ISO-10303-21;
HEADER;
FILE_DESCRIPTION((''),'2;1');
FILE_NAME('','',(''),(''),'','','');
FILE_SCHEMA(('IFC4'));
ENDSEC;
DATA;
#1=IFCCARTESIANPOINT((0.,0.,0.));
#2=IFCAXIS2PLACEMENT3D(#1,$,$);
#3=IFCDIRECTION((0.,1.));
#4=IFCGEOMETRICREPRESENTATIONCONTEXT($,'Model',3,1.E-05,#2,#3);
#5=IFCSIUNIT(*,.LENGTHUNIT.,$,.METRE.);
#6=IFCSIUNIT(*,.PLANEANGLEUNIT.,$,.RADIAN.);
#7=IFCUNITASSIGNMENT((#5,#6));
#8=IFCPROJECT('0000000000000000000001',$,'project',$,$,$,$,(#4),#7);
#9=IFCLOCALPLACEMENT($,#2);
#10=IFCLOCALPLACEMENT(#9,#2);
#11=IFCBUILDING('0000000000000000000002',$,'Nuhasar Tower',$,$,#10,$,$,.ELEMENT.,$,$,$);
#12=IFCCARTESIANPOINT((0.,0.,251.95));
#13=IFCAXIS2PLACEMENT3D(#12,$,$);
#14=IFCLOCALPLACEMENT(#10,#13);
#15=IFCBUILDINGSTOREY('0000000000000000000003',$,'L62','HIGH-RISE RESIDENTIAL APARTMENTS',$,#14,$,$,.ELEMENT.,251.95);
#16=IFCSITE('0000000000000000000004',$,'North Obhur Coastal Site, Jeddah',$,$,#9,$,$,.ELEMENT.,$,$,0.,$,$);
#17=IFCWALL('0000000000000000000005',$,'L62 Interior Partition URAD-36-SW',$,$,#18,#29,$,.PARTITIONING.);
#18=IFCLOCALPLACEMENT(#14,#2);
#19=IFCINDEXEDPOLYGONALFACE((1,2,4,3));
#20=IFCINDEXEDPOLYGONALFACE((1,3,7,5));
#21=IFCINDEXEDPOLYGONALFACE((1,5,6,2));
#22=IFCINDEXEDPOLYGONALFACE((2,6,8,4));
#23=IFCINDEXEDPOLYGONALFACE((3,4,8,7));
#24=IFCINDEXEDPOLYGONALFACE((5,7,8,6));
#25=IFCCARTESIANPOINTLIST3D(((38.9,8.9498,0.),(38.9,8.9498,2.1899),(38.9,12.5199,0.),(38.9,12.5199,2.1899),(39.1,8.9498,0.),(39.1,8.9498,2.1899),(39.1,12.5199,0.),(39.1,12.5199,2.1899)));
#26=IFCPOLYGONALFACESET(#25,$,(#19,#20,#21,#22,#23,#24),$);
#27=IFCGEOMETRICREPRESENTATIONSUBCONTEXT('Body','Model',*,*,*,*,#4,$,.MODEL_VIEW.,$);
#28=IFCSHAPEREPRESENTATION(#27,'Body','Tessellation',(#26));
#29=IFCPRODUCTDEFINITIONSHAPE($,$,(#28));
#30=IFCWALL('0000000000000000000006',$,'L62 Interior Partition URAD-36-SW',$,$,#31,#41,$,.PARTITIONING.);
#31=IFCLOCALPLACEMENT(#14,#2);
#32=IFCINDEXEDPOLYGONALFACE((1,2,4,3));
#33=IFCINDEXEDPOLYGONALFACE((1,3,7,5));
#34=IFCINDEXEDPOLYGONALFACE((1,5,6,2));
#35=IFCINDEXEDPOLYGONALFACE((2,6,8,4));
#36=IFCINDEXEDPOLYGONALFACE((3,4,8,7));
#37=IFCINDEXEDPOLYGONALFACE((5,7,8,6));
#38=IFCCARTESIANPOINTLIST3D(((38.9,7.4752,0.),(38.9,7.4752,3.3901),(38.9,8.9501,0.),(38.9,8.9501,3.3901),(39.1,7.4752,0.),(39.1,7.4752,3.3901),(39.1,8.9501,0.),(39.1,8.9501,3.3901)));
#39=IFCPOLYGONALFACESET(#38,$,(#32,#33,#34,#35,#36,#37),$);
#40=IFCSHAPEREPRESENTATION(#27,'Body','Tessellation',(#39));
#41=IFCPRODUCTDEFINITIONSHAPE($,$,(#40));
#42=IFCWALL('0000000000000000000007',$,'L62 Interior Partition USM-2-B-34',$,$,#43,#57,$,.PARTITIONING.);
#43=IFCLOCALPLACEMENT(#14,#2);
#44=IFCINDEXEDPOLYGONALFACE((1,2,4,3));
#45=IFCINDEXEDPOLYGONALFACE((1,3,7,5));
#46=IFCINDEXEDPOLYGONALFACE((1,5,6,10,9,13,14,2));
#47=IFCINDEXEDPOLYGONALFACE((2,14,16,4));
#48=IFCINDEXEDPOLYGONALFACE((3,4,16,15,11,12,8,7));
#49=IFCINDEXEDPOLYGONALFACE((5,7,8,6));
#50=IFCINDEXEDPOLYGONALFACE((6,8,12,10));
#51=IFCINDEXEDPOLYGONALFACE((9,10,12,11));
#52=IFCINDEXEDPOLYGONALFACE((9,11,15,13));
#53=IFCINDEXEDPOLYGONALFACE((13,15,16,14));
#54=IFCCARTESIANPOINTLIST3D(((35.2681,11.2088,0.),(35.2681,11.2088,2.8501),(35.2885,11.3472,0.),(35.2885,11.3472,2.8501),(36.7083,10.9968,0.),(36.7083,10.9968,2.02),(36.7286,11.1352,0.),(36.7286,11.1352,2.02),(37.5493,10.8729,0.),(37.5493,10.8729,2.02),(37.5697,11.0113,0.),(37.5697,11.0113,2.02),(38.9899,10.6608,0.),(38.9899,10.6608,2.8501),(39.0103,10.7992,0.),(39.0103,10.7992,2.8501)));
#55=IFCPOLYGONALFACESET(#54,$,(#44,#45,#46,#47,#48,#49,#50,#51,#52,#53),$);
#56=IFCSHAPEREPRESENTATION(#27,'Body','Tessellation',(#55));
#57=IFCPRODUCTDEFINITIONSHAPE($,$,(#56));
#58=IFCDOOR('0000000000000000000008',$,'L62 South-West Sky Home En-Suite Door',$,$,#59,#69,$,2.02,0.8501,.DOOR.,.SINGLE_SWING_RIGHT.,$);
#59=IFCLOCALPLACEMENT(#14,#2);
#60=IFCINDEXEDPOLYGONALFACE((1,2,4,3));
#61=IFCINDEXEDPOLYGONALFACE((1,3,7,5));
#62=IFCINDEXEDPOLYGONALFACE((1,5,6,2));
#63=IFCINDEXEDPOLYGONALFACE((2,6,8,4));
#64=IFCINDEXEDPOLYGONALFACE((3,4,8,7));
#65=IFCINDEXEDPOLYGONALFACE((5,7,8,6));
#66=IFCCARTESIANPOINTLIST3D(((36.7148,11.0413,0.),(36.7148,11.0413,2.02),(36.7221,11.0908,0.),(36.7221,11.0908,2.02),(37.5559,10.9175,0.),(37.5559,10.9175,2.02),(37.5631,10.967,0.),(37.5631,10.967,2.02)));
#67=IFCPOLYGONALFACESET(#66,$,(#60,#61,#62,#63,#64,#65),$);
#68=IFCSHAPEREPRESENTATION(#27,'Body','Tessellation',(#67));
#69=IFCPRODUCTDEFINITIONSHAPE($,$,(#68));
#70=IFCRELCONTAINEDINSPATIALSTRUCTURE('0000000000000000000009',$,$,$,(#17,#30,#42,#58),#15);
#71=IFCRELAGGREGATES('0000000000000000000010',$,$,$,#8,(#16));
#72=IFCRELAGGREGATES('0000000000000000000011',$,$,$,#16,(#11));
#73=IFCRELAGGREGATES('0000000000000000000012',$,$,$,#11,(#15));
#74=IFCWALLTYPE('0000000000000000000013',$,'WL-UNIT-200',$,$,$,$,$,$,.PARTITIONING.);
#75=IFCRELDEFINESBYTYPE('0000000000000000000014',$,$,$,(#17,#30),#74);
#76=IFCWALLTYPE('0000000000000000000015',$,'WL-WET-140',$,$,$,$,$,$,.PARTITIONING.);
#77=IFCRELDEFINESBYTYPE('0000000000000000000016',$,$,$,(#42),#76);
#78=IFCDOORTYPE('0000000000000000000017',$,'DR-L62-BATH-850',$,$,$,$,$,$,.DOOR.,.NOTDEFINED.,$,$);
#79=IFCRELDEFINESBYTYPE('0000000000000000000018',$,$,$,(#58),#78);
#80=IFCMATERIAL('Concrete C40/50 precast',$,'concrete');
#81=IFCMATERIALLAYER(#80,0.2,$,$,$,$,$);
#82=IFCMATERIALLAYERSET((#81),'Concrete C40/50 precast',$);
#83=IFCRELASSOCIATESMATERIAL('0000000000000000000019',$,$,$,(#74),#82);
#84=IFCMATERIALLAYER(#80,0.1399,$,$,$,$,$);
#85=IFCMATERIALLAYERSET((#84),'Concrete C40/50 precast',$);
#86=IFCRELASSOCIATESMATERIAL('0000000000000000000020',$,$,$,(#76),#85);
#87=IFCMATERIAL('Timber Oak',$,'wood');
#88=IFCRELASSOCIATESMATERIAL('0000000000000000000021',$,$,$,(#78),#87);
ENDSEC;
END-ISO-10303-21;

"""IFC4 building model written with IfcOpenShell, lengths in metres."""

from ifc_helpers import new_model, si_unit, direction, frame, frame_2d, origin, place, context, subcontext, project, spatial, rectangle, extrude, material, layer, layer_set, type_object, element, fill, save


model = new_model("IFC4")

# Units and contexts
model_context = context("Model", 3, precision=1e-05, world=origin(), true_north=direction((0.0, 1.0)))
body_context = subcontext(model_context, "Body", "Model", "MODEL_VIEW")
ifc_project = project(units=[si_unit("LENGTHUNIT", "METRE"), si_unit("PLANEANGLEUNIT", "RADIAN")], contexts=[model_context])

# Site, building, storey
site_placement = place(None, origin())
site = spatial("IfcSite", under=ifc_project, at=site_placement, Name="North Obhur Coastal Site, Jeddah", CompositionType="ELEMENT", RefElevation=0.0)
building_placement = place(site_placement, origin())
building = spatial("IfcBuilding", under=site, at=building_placement, Name="Nuhasar Tower", CompositionType="ELEMENT")
storey_placement = place(building_placement, frame((0.0, 0.0, 251.95)))
storey = spatial("IfcBuildingStorey", under=building, at=storey_placement, Name="L62", Description="HIGH-RISE RESIDENTIAL APARTMENTS", CompositionType="ELEMENT", Elevation=251.95)

# Shared definitions
ifc_material_1 = material(Name="Timber Oak", Category="wood")

# Walls
ifc_material_2 = material(Name="Concrete C40/50 precast", Category="concrete")
ifc_layer_1 = layer(ifc_material_2, 0.2)
ifc_layer_set_1 = layer_set([ifc_layer_1], Name="Concrete C40/50 precast")
wall_type_1 = type_object("IfcWallType", Name="WL-UNIT-200", PredefinedType="PARTITIONING", material=ifc_layer_set_1)
wall_1_placement = place(storey_placement, frame((39.0, 12.52, 0.0), z_axis=(0.0, 0.0, 1.0), x_axis=(0.0, -1.0, 0.0)))
element("IfcWall", 1, at=wall_1_placement, inside=storey, type_object=wall_type_1, Name="L62 Interior Partition URAD-36-SW", PredefinedType="PARTITIONING", context=body_context, shape_type="SweptSolid", body=[
    extrude(rectangle(XDim=3.5701, YDim=0.2, at=frame_2d((1.7852, 0.0))), origin(), (0.0, 0.0, 1.0), 2.1899),
])
wall_2_placement = place(storey_placement, frame((39.0, 8.95, 0.0), z_axis=(0.0, 0.0, 1.0), x_axis=(0.0, -1.0, 0.0)))
element("IfcWall", 2, at=wall_2_placement, inside=storey, type_object=wall_type_1, Name="L62 Interior Partition URAD-36-SW", PredefinedType="PARTITIONING", context=body_context, shape_type="SweptSolid", body=[
    extrude(rectangle(XDim=1.4749, YDim=0.2, at=frame_2d((0.7373, 0.0))), origin(), (0.0, 0.0, 1.0), 3.3901),
])

# Wall, opening, door
ifc_layer_2 = layer(ifc_material_2, 0.1399)
ifc_layer_set_2 = layer_set([ifc_layer_2], Name="Concrete C40/50 precast")
wall_type_2 = type_object("IfcWallType", Name="WL-WET-140", PredefinedType="PARTITIONING", material=ifc_layer_set_2)
wall_3_placement = place(storey_placement, frame((39.0, 10.73, 0.0), z_axis=(0.0, 0.0, 1.0), x_axis=(-0.98933, 0.14569, 0.0)))
wall_3 = element("IfcWall", 3, at=wall_3_placement, inside=storey, type_object=wall_type_2, Name="L62 Interior Partition USM-2-B-34", PredefinedType="PARTITIONING", context=body_context, shape_type="SweptSolid", body=[
    extrude(rectangle(XDim=3.762, YDim=0.1399, at=frame_2d((1.8809, 0.0))), origin(), (0.0, 0.0, 1.0), 2.8501),
])
opening_1_placement = place(wall_3_placement, frame((1.4561, 0.0, 0.0)))
opening_1 = element("IfcOpeningElement", 4, at=opening_1_placement, cuts=wall_3, PredefinedType="OPENING", context=body_context, shape_type="SweptSolid", body=[
    extrude(rectangle(XDim=0.8501, YDim=2.02, at=frame_2d((0.425, 1.01))), frame((0.0, 0.0801, 0.0), z_axis=(0.0, -1.0, 0.0), x_axis=(1.0, 0.0, 0.0)), (0.0, 0.0, 1.0), 0.1599),
])
door_type_1 = type_object("IfcDoorType", Name="DR-L62-BATH-850", OperationType="NOTDEFINED", PredefinedType="DOOR", material=ifc_material_1)
door_1_placement = place(opening_1_placement, origin())
door_1 = element("IfcDoor", 5, at=door_1_placement, inside=storey, type_object=door_type_1, Name="L62 South-West Sky Home En-Suite Door", OperationType="SINGLE_SWING_RIGHT", OverallHeight=2.02, OverallWidth=0.8501, PredefinedType="DOOR", context=body_context, shape_type="SweptSolid", body=[
    extrude(rectangle(XDim=0.8501, YDim=2.02, at=frame_2d((0.425, 1.01))), frame((0.0, 0.0249, 0.0), z_axis=(0.0, -1.0, 0.0), x_axis=(1.0, 0.0, 0.0)), (0.0, 0.0, 1.0), 0.05),
])
fill(opening_1, door_1)

save(model, "model.ifc")
